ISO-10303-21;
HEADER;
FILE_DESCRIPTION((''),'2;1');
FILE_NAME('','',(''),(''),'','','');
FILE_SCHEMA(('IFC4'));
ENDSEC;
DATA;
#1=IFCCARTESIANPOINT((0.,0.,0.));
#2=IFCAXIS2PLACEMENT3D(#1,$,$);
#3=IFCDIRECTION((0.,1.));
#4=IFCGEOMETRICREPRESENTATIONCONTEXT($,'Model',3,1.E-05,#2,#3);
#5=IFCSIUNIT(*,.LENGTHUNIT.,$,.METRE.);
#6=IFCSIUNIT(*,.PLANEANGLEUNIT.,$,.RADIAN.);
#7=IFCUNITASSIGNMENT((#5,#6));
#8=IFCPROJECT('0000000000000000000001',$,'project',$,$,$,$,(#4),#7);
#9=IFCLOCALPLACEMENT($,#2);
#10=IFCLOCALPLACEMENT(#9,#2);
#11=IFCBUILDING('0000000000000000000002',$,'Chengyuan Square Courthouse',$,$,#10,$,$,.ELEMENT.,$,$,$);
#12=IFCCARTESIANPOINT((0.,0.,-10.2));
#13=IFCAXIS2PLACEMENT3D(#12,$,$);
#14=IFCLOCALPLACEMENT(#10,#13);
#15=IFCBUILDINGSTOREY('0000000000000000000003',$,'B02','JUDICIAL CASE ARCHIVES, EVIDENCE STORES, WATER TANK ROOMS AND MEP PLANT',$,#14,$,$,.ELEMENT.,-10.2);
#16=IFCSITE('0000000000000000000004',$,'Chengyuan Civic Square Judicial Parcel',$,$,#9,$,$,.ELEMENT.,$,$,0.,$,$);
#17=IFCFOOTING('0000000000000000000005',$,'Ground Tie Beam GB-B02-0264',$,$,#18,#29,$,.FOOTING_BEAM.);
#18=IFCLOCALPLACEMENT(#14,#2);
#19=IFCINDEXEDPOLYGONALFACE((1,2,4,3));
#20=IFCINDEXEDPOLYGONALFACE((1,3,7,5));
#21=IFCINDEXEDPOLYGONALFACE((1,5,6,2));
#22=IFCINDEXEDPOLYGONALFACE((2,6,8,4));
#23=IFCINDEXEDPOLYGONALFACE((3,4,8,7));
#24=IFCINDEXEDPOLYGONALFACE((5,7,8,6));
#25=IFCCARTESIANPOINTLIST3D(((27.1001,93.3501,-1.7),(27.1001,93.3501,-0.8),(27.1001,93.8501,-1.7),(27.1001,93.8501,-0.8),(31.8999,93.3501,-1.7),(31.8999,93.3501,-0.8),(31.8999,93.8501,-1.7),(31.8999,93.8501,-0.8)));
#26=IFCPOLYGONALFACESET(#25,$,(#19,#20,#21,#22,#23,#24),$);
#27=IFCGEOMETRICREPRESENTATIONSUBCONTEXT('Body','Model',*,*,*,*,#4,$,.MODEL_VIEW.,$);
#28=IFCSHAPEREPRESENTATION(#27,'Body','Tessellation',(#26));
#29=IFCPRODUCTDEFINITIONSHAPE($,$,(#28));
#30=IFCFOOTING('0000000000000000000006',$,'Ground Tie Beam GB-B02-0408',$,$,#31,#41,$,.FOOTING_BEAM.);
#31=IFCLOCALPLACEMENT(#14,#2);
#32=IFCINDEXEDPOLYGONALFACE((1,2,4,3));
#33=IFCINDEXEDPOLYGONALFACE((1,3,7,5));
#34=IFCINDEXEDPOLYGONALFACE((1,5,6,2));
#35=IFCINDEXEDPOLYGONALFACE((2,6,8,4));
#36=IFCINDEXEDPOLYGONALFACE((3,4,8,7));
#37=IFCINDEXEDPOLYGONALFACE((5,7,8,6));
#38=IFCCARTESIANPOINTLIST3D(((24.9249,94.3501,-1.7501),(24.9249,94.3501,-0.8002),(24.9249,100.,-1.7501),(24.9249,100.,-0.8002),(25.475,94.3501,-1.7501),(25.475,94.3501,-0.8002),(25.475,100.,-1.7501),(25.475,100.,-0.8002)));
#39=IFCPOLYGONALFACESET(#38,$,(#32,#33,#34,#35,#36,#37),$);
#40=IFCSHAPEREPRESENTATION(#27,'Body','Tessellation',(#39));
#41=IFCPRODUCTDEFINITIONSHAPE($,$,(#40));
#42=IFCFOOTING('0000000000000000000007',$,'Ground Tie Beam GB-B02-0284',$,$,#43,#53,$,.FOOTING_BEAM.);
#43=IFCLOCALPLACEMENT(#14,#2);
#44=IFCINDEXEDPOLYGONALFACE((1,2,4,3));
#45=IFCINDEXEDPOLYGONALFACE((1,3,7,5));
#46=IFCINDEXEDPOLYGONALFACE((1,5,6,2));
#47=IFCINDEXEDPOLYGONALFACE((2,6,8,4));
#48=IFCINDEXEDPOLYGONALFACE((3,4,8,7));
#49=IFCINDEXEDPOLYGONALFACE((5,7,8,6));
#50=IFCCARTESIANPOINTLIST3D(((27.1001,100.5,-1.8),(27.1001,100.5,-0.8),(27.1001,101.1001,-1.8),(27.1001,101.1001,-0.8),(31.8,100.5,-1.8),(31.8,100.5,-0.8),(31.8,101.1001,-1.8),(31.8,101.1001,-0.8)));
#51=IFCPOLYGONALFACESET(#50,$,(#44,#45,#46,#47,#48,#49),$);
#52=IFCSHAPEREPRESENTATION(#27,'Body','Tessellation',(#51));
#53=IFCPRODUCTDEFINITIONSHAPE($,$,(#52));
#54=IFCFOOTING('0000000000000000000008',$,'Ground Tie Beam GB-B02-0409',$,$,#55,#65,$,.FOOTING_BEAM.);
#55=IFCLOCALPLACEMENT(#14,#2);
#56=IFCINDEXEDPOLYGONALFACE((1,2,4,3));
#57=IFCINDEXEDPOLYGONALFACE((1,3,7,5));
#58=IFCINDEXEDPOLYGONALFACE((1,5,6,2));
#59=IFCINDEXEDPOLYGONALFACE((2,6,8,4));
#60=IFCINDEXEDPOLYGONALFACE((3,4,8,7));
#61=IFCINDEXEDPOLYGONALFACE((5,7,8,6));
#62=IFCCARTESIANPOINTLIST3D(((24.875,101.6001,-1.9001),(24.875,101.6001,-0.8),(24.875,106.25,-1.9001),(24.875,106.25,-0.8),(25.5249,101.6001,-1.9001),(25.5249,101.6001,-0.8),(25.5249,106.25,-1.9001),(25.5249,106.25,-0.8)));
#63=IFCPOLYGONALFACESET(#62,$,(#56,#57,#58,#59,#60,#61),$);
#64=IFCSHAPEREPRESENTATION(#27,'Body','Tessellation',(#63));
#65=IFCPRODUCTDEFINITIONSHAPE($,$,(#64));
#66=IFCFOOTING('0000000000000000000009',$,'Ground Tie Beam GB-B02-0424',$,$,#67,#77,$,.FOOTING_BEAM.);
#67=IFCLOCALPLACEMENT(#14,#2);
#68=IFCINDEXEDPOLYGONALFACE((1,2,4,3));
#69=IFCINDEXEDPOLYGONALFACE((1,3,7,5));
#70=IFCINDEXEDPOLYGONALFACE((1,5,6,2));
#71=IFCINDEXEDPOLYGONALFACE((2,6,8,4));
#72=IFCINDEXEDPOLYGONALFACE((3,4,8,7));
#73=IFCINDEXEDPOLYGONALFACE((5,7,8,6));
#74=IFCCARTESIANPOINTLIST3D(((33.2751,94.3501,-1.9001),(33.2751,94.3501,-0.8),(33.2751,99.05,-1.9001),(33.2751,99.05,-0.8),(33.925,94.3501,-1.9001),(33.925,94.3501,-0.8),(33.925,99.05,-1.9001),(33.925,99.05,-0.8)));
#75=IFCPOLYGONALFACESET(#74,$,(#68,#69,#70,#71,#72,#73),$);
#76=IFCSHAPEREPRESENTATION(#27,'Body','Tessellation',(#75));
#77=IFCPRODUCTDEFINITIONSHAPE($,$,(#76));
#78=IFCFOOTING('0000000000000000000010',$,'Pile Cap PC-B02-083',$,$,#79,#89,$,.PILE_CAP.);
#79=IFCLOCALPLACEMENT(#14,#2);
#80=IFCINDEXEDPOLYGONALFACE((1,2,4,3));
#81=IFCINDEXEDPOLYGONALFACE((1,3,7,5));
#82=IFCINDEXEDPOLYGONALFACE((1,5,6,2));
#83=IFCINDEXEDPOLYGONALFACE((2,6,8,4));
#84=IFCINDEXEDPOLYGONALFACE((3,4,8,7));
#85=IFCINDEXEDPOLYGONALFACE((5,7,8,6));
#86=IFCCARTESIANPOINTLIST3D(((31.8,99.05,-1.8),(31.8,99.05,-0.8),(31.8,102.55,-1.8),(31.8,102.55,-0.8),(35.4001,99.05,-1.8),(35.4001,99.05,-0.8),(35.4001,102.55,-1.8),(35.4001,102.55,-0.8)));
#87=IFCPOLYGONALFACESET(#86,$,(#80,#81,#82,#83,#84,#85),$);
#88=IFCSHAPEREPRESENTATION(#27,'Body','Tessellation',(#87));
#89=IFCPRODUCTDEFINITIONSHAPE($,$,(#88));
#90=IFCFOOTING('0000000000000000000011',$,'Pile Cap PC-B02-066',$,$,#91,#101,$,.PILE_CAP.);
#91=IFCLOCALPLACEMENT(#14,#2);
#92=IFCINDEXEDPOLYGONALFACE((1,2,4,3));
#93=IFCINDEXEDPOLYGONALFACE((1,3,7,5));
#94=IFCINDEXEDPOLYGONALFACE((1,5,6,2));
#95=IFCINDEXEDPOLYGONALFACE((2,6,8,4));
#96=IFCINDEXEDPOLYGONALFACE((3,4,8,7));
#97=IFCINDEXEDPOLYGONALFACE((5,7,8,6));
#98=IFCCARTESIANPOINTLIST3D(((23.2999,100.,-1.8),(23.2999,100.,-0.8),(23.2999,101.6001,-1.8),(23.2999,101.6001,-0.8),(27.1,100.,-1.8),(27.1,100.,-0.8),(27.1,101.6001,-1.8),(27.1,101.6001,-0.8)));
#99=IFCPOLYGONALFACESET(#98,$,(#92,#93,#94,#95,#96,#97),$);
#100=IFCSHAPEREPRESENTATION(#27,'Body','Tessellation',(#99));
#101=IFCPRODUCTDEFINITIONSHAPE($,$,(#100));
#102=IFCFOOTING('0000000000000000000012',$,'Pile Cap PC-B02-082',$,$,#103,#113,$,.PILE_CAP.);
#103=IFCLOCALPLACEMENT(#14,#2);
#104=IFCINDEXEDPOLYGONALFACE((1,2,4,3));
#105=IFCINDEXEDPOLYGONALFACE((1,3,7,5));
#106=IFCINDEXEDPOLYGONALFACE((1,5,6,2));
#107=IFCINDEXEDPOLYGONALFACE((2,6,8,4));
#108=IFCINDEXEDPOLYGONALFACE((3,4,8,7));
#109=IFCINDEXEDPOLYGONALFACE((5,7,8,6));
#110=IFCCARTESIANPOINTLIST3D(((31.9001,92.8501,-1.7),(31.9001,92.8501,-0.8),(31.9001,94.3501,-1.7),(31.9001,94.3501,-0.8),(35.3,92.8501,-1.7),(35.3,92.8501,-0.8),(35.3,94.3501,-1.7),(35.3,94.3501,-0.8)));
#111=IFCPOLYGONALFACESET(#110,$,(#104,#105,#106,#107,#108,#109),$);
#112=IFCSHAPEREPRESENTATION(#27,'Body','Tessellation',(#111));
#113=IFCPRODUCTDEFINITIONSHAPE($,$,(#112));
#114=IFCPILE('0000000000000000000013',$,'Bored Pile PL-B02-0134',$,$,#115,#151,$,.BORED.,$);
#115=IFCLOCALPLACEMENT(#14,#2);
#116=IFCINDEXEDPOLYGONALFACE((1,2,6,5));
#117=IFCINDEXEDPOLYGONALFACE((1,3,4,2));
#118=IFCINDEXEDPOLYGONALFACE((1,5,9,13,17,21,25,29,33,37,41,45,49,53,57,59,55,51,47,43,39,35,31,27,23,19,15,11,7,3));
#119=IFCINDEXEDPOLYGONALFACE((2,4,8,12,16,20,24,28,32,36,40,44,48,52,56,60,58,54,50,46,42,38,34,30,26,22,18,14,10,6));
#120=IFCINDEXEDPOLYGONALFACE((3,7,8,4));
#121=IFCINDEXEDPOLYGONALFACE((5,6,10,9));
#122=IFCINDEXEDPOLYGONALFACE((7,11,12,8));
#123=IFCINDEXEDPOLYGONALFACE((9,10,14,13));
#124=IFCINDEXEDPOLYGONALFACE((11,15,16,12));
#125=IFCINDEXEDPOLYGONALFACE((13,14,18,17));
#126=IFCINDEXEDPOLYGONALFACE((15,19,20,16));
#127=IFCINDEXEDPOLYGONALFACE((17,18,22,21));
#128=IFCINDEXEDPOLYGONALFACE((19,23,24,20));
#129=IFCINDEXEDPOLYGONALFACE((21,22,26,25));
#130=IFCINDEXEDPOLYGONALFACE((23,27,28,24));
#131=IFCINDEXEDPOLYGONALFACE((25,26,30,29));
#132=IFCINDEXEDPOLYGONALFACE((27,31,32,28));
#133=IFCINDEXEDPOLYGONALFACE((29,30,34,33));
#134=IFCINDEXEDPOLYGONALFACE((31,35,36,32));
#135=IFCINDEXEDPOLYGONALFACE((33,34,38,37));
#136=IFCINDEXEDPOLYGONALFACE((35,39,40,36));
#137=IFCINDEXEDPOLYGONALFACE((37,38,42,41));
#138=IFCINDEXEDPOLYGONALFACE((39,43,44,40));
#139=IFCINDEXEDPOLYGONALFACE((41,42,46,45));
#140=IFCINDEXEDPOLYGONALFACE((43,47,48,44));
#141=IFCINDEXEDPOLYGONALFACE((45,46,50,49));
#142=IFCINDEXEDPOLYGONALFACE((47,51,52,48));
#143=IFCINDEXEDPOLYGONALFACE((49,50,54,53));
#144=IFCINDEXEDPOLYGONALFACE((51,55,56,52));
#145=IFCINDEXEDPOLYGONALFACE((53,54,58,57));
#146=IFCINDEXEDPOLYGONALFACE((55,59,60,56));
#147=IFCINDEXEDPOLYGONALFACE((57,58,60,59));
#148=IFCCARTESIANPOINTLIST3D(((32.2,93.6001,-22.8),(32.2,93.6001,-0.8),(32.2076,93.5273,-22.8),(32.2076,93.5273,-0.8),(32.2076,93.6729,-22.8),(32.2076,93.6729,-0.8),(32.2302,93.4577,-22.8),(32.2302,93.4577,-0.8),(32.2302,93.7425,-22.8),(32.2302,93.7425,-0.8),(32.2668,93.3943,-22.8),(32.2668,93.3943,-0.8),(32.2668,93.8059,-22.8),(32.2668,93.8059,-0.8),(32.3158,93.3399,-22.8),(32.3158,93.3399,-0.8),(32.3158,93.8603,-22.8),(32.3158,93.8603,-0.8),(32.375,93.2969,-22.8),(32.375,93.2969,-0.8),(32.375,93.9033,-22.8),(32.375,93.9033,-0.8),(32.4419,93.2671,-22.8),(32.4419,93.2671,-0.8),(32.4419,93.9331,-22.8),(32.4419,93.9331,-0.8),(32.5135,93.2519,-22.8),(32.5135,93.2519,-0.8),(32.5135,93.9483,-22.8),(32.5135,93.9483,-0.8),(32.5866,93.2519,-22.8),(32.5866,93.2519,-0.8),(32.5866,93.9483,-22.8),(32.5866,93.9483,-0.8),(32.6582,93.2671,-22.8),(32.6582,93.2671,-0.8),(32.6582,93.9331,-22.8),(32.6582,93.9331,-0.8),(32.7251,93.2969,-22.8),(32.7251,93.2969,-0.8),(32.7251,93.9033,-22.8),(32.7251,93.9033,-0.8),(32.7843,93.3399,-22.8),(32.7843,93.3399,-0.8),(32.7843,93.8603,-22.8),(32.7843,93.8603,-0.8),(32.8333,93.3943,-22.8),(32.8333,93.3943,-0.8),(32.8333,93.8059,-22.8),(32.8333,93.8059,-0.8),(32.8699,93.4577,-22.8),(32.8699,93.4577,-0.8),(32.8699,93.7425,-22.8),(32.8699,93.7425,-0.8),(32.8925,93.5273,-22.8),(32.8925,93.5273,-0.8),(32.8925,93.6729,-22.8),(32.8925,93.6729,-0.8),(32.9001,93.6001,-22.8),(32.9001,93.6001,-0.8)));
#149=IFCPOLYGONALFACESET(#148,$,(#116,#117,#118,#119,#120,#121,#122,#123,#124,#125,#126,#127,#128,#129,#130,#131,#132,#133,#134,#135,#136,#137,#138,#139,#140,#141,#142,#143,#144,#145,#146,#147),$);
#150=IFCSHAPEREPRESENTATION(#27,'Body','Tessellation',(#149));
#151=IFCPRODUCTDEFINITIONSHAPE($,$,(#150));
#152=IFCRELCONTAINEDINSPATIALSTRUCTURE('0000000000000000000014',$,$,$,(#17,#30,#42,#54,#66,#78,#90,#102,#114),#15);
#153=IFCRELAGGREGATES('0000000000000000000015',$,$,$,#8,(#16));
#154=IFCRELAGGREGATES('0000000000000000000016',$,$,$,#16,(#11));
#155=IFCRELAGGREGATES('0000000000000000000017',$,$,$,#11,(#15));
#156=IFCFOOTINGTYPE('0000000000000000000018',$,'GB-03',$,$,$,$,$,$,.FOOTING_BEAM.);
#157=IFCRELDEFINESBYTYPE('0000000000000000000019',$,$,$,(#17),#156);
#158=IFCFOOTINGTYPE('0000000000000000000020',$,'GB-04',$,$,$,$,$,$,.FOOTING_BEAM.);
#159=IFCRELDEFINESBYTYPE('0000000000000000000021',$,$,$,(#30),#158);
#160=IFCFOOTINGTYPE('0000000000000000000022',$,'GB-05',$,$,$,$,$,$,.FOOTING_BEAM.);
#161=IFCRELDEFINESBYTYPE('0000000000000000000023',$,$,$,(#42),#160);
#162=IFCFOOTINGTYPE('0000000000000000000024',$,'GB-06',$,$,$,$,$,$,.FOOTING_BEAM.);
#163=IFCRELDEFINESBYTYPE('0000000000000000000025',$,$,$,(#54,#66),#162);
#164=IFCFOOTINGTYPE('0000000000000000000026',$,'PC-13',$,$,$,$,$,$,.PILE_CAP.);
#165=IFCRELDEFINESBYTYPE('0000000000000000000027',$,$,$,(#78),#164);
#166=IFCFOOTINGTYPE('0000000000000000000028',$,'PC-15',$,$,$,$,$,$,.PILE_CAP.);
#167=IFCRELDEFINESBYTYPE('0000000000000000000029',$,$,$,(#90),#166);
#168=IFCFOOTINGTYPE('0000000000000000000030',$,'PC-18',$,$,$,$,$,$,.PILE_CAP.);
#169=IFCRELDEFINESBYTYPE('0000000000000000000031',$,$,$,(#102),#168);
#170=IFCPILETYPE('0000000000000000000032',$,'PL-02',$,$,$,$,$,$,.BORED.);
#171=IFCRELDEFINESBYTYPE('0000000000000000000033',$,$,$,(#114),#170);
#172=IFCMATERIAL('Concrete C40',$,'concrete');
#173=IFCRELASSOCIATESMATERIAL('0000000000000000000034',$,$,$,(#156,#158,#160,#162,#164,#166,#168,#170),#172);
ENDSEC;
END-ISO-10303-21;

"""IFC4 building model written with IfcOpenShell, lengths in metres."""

from ifc_helpers import new_model, si_unit, direction, frame, origin, origin_2d, place, context, subcontext, project, spatial, rectangle, circle, extrude, material, material_profile, profile_set, type_object, element, save


model = new_model("IFC4")

# Units and contexts
model_context = context("Model", 3, precision=1e-05, world=origin(), true_north=direction((0.0, 1.0)))
body_context = subcontext(model_context, "Body", "Model", "MODEL_VIEW")
ifc_project = project(units=[si_unit("LENGTHUNIT", "METRE"), si_unit("PLANEANGLEUNIT", "RADIAN")], contexts=[model_context])

# Site, building, storey
site_placement = place(None, origin())
site = spatial("IfcSite", under=ifc_project, at=site_placement, Name="Chengyuan Civic Square Judicial Parcel", CompositionType="ELEMENT", RefElevation=0.0)
building_placement = place(site_placement, origin())
building = spatial("IfcBuilding", under=site, at=building_placement, Name="Chengyuan Square Courthouse", CompositionType="ELEMENT")
storey_placement = place(building_placement, frame((0.0, 0.0, -10.2)))
storey = spatial("IfcBuildingStorey", under=building, at=storey_placement, Name="B02", Description="JUDICIAL CASE ARCHIVES, EVIDENCE STORES, WATER TANK ROOMS AND MEP PLANT", CompositionType="ELEMENT", Elevation=-10.2)

# Footings
ifc_material_1 = material(Name="Concrete C40", Category="concrete")
ifc_material_profile_1 = material_profile(ifc_material_1, rectangle(XDim=0.5, YDim=0.8999, at=origin_2d()), Name="GB-500x900")
ifc_profile_set_1 = profile_set([ifc_material_profile_1], Name="Concrete C40")
footing_type_1 = type_object("IfcFootingType", Name="GB-03", PredefinedType="FOOTING_BEAM", material=ifc_profile_set_1)
footing_1_placement = place(storey_placement, frame((27.1001, 93.6001, -1.25), z_axis=(1.0, 0.0, 0.0), x_axis=(0.0, 1.0, 0.0)))
element("IfcFooting", 1, at=footing_1_placement, inside=storey, type_object=footing_type_1, Name="Ground Tie Beam GB-B02-0264", PredefinedType="FOOTING_BEAM", context=body_context, shape_type="SweptSolid", body=[
    extrude(rectangle(XDim=0.5, YDim=0.8999, at=origin_2d()), origin(), (0.0, 0.0, 1.0), 4.7998),
])
ifc_material_profile_2 = material_profile(ifc_material_1, rectangle(XDim=0.55, YDim=0.95, at=origin_2d()), Name="GB-550x950")
ifc_profile_set_2 = profile_set([ifc_material_profile_2], Name="Concrete C40")
footing_type_2 = type_object("IfcFootingType", Name="GB-04", PredefinedType="FOOTING_BEAM", material=ifc_profile_set_2)
footing_2_placement = place(storey_placement, frame((25.2, 94.3501, -1.2751), z_axis=(0.0, 1.0, 0.0), x_axis=(-1.0, 0.0, 0.0)))
element("IfcFooting", 2, at=footing_2_placement, inside=storey, type_object=footing_type_2, Name="Ground Tie Beam GB-B02-0408", PredefinedType="FOOTING_BEAM", context=body_context, shape_type="SweptSolid", body=[
    extrude(rectangle(XDim=0.55, YDim=0.95, at=origin_2d()), origin(), (0.0, 0.0, 1.0), 5.6499),
])
ifc_material_profile_3 = material_profile(ifc_material_1, rectangle(XDim=0.6001, YDim=1.0, at=origin_2d()), Name="GB-600x1000")
ifc_profile_set_3 = profile_set([ifc_material_profile_3], Name="Concrete C40")
footing_type_3 = type_object("IfcFootingType", Name="GB-05", PredefinedType="FOOTING_BEAM", material=ifc_profile_set_3)
footing_3_placement = place(storey_placement, frame((27.1001, 100.8, -1.3), z_axis=(1.0, 0.0, 0.0), x_axis=(0.0, 1.0, 0.0)))
element("IfcFooting", 3, at=footing_3_placement, inside=storey, type_object=footing_type_3, Name="Ground Tie Beam GB-B02-0284", PredefinedType="FOOTING_BEAM", context=body_context, shape_type="SweptSolid", body=[
    extrude(rectangle(XDim=0.6001, YDim=1.0, at=origin_2d()), origin(), (0.0, 0.0, 1.0), 4.7),
])
ifc_material_profile_4 = material_profile(ifc_material_1, rectangle(XDim=0.6499, YDim=1.1001, at=origin_2d()), Name="GB-650x1100")
ifc_profile_set_4 = profile_set([ifc_material_profile_4], Name="Concrete C40")
footing_type_4 = type_object("IfcFootingType", Name="GB-06", PredefinedType="FOOTING_BEAM", material=ifc_profile_set_4)
footing_4_placement = place(storey_placement, frame((25.2, 101.6001, -1.3501), z_axis=(0.0, 1.0, 0.0), x_axis=(-1.0, 0.0, 0.0)))
element("IfcFooting", 4, at=footing_4_placement, inside=storey, type_object=footing_type_4, Name="Ground Tie Beam GB-B02-0409", PredefinedType="FOOTING_BEAM", context=body_context, shape_type="SweptSolid", body=[
    extrude(rectangle(XDim=0.6499, YDim=1.1001, at=origin_2d()), origin(), (0.0, 0.0, 1.0), 4.6499),
])
footing_5_placement = place(storey_placement, frame((33.6001, 94.3501, -1.3501), z_axis=(0.0, 1.0, 0.0), x_axis=(-1.0, 0.0, 0.0)))
element("IfcFooting", 5, at=footing_5_placement, inside=storey, type_object=footing_type_4, Name="Ground Tie Beam GB-B02-0424", PredefinedType="FOOTING_BEAM", context=body_context, shape_type="SweptSolid", body=[
    extrude(rectangle(XDim=0.6499, YDim=1.1001, at=origin_2d()), origin(), (0.0, 0.0, 1.0), 4.7),
])
footing_type_5 = type_object("IfcFootingType", Name="PC-13", PredefinedType="PILE_CAP", material=ifc_material_1)
footing_6_placement = place(storey_placement, frame((33.6001, 100.8, -1.8), z_axis=(0.0, 0.0, 1.0), x_axis=(1.0, 0.0, 0.0)))
element("IfcFooting", 6, at=footing_6_placement, inside=storey, type_object=footing_type_5, Name="Pile Cap PC-B02-083", PredefinedType="PILE_CAP", context=body_context, shape_type="SweptSolid", body=[
    extrude(rectangle(XDim=3.6001, YDim=3.5, at=origin_2d()), origin(), (0.0, 0.0, 1.0), 1.0),
])
footing_type_6 = type_object("IfcFootingType", Name="PC-15", PredefinedType="PILE_CAP", material=ifc_material_1)
footing_7_placement = place(storey_placement, frame((25.2, 100.8, -1.8), z_axis=(0.0, 0.0, 1.0), x_axis=(1.0, 0.0, 0.0)))
element("IfcFooting", 7, at=footing_7_placement, inside=storey, type_object=footing_type_6, Name="Pile Cap PC-B02-066", PredefinedType="PILE_CAP", context=body_context, shape_type="SweptSolid", body=[
    extrude(rectangle(XDim=3.8, YDim=1.6001, at=origin_2d()), origin(), (0.0, 0.0, 1.0), 1.0),
])
footing_type_7 = type_object("IfcFootingType", Name="PC-18", PredefinedType="PILE_CAP", material=ifc_material_1)
footing_8_placement = place(storey_placement, frame((33.6001, 93.6001, -1.7), z_axis=(0.0, 0.0, 1.0), x_axis=(1.0, 0.0, 0.0)))
element("IfcFooting", 8, at=footing_8_placement, inside=storey, type_object=footing_type_7, Name="Pile Cap PC-B02-082", PredefinedType="PILE_CAP", context=body_context, shape_type="SweptSolid", body=[
    extrude(rectangle(XDim=3.3999, YDim=1.5, at=origin_2d()), origin(), (0.0, 0.0, 1.0), 0.8999),
])

# Pile
ifc_material_profile_5 = material_profile(ifc_material_1, circle(Radius=0.3501, at=origin_2d()), Name="BORED PILE D700")
ifc_profile_set_5 = profile_set([ifc_material_profile_5], Name="Concrete C40")
pile_type_1 = type_object("IfcPileType", Name="PL-02", PredefinedType="BORED", material=ifc_profile_set_5)
pile_placement = place(storey_placement, frame((32.55, 93.6001, -0.8), z_axis=(0.0, 0.0, -1.0), x_axis=(1.0, 0.0, 0.0)))
element("IfcPile", 9, at=pile_placement, inside=storey, type_object=pile_type_1, Name="Bored Pile PL-B02-0134", PredefinedType="BORED", context=body_context, shape_type="SweptSolid", body=[
    extrude(circle(Radius=0.3501, at=origin_2d()), origin(), (0.0, 0.0, 1.0), 22.0),
])

save(model, "model.ifc")
